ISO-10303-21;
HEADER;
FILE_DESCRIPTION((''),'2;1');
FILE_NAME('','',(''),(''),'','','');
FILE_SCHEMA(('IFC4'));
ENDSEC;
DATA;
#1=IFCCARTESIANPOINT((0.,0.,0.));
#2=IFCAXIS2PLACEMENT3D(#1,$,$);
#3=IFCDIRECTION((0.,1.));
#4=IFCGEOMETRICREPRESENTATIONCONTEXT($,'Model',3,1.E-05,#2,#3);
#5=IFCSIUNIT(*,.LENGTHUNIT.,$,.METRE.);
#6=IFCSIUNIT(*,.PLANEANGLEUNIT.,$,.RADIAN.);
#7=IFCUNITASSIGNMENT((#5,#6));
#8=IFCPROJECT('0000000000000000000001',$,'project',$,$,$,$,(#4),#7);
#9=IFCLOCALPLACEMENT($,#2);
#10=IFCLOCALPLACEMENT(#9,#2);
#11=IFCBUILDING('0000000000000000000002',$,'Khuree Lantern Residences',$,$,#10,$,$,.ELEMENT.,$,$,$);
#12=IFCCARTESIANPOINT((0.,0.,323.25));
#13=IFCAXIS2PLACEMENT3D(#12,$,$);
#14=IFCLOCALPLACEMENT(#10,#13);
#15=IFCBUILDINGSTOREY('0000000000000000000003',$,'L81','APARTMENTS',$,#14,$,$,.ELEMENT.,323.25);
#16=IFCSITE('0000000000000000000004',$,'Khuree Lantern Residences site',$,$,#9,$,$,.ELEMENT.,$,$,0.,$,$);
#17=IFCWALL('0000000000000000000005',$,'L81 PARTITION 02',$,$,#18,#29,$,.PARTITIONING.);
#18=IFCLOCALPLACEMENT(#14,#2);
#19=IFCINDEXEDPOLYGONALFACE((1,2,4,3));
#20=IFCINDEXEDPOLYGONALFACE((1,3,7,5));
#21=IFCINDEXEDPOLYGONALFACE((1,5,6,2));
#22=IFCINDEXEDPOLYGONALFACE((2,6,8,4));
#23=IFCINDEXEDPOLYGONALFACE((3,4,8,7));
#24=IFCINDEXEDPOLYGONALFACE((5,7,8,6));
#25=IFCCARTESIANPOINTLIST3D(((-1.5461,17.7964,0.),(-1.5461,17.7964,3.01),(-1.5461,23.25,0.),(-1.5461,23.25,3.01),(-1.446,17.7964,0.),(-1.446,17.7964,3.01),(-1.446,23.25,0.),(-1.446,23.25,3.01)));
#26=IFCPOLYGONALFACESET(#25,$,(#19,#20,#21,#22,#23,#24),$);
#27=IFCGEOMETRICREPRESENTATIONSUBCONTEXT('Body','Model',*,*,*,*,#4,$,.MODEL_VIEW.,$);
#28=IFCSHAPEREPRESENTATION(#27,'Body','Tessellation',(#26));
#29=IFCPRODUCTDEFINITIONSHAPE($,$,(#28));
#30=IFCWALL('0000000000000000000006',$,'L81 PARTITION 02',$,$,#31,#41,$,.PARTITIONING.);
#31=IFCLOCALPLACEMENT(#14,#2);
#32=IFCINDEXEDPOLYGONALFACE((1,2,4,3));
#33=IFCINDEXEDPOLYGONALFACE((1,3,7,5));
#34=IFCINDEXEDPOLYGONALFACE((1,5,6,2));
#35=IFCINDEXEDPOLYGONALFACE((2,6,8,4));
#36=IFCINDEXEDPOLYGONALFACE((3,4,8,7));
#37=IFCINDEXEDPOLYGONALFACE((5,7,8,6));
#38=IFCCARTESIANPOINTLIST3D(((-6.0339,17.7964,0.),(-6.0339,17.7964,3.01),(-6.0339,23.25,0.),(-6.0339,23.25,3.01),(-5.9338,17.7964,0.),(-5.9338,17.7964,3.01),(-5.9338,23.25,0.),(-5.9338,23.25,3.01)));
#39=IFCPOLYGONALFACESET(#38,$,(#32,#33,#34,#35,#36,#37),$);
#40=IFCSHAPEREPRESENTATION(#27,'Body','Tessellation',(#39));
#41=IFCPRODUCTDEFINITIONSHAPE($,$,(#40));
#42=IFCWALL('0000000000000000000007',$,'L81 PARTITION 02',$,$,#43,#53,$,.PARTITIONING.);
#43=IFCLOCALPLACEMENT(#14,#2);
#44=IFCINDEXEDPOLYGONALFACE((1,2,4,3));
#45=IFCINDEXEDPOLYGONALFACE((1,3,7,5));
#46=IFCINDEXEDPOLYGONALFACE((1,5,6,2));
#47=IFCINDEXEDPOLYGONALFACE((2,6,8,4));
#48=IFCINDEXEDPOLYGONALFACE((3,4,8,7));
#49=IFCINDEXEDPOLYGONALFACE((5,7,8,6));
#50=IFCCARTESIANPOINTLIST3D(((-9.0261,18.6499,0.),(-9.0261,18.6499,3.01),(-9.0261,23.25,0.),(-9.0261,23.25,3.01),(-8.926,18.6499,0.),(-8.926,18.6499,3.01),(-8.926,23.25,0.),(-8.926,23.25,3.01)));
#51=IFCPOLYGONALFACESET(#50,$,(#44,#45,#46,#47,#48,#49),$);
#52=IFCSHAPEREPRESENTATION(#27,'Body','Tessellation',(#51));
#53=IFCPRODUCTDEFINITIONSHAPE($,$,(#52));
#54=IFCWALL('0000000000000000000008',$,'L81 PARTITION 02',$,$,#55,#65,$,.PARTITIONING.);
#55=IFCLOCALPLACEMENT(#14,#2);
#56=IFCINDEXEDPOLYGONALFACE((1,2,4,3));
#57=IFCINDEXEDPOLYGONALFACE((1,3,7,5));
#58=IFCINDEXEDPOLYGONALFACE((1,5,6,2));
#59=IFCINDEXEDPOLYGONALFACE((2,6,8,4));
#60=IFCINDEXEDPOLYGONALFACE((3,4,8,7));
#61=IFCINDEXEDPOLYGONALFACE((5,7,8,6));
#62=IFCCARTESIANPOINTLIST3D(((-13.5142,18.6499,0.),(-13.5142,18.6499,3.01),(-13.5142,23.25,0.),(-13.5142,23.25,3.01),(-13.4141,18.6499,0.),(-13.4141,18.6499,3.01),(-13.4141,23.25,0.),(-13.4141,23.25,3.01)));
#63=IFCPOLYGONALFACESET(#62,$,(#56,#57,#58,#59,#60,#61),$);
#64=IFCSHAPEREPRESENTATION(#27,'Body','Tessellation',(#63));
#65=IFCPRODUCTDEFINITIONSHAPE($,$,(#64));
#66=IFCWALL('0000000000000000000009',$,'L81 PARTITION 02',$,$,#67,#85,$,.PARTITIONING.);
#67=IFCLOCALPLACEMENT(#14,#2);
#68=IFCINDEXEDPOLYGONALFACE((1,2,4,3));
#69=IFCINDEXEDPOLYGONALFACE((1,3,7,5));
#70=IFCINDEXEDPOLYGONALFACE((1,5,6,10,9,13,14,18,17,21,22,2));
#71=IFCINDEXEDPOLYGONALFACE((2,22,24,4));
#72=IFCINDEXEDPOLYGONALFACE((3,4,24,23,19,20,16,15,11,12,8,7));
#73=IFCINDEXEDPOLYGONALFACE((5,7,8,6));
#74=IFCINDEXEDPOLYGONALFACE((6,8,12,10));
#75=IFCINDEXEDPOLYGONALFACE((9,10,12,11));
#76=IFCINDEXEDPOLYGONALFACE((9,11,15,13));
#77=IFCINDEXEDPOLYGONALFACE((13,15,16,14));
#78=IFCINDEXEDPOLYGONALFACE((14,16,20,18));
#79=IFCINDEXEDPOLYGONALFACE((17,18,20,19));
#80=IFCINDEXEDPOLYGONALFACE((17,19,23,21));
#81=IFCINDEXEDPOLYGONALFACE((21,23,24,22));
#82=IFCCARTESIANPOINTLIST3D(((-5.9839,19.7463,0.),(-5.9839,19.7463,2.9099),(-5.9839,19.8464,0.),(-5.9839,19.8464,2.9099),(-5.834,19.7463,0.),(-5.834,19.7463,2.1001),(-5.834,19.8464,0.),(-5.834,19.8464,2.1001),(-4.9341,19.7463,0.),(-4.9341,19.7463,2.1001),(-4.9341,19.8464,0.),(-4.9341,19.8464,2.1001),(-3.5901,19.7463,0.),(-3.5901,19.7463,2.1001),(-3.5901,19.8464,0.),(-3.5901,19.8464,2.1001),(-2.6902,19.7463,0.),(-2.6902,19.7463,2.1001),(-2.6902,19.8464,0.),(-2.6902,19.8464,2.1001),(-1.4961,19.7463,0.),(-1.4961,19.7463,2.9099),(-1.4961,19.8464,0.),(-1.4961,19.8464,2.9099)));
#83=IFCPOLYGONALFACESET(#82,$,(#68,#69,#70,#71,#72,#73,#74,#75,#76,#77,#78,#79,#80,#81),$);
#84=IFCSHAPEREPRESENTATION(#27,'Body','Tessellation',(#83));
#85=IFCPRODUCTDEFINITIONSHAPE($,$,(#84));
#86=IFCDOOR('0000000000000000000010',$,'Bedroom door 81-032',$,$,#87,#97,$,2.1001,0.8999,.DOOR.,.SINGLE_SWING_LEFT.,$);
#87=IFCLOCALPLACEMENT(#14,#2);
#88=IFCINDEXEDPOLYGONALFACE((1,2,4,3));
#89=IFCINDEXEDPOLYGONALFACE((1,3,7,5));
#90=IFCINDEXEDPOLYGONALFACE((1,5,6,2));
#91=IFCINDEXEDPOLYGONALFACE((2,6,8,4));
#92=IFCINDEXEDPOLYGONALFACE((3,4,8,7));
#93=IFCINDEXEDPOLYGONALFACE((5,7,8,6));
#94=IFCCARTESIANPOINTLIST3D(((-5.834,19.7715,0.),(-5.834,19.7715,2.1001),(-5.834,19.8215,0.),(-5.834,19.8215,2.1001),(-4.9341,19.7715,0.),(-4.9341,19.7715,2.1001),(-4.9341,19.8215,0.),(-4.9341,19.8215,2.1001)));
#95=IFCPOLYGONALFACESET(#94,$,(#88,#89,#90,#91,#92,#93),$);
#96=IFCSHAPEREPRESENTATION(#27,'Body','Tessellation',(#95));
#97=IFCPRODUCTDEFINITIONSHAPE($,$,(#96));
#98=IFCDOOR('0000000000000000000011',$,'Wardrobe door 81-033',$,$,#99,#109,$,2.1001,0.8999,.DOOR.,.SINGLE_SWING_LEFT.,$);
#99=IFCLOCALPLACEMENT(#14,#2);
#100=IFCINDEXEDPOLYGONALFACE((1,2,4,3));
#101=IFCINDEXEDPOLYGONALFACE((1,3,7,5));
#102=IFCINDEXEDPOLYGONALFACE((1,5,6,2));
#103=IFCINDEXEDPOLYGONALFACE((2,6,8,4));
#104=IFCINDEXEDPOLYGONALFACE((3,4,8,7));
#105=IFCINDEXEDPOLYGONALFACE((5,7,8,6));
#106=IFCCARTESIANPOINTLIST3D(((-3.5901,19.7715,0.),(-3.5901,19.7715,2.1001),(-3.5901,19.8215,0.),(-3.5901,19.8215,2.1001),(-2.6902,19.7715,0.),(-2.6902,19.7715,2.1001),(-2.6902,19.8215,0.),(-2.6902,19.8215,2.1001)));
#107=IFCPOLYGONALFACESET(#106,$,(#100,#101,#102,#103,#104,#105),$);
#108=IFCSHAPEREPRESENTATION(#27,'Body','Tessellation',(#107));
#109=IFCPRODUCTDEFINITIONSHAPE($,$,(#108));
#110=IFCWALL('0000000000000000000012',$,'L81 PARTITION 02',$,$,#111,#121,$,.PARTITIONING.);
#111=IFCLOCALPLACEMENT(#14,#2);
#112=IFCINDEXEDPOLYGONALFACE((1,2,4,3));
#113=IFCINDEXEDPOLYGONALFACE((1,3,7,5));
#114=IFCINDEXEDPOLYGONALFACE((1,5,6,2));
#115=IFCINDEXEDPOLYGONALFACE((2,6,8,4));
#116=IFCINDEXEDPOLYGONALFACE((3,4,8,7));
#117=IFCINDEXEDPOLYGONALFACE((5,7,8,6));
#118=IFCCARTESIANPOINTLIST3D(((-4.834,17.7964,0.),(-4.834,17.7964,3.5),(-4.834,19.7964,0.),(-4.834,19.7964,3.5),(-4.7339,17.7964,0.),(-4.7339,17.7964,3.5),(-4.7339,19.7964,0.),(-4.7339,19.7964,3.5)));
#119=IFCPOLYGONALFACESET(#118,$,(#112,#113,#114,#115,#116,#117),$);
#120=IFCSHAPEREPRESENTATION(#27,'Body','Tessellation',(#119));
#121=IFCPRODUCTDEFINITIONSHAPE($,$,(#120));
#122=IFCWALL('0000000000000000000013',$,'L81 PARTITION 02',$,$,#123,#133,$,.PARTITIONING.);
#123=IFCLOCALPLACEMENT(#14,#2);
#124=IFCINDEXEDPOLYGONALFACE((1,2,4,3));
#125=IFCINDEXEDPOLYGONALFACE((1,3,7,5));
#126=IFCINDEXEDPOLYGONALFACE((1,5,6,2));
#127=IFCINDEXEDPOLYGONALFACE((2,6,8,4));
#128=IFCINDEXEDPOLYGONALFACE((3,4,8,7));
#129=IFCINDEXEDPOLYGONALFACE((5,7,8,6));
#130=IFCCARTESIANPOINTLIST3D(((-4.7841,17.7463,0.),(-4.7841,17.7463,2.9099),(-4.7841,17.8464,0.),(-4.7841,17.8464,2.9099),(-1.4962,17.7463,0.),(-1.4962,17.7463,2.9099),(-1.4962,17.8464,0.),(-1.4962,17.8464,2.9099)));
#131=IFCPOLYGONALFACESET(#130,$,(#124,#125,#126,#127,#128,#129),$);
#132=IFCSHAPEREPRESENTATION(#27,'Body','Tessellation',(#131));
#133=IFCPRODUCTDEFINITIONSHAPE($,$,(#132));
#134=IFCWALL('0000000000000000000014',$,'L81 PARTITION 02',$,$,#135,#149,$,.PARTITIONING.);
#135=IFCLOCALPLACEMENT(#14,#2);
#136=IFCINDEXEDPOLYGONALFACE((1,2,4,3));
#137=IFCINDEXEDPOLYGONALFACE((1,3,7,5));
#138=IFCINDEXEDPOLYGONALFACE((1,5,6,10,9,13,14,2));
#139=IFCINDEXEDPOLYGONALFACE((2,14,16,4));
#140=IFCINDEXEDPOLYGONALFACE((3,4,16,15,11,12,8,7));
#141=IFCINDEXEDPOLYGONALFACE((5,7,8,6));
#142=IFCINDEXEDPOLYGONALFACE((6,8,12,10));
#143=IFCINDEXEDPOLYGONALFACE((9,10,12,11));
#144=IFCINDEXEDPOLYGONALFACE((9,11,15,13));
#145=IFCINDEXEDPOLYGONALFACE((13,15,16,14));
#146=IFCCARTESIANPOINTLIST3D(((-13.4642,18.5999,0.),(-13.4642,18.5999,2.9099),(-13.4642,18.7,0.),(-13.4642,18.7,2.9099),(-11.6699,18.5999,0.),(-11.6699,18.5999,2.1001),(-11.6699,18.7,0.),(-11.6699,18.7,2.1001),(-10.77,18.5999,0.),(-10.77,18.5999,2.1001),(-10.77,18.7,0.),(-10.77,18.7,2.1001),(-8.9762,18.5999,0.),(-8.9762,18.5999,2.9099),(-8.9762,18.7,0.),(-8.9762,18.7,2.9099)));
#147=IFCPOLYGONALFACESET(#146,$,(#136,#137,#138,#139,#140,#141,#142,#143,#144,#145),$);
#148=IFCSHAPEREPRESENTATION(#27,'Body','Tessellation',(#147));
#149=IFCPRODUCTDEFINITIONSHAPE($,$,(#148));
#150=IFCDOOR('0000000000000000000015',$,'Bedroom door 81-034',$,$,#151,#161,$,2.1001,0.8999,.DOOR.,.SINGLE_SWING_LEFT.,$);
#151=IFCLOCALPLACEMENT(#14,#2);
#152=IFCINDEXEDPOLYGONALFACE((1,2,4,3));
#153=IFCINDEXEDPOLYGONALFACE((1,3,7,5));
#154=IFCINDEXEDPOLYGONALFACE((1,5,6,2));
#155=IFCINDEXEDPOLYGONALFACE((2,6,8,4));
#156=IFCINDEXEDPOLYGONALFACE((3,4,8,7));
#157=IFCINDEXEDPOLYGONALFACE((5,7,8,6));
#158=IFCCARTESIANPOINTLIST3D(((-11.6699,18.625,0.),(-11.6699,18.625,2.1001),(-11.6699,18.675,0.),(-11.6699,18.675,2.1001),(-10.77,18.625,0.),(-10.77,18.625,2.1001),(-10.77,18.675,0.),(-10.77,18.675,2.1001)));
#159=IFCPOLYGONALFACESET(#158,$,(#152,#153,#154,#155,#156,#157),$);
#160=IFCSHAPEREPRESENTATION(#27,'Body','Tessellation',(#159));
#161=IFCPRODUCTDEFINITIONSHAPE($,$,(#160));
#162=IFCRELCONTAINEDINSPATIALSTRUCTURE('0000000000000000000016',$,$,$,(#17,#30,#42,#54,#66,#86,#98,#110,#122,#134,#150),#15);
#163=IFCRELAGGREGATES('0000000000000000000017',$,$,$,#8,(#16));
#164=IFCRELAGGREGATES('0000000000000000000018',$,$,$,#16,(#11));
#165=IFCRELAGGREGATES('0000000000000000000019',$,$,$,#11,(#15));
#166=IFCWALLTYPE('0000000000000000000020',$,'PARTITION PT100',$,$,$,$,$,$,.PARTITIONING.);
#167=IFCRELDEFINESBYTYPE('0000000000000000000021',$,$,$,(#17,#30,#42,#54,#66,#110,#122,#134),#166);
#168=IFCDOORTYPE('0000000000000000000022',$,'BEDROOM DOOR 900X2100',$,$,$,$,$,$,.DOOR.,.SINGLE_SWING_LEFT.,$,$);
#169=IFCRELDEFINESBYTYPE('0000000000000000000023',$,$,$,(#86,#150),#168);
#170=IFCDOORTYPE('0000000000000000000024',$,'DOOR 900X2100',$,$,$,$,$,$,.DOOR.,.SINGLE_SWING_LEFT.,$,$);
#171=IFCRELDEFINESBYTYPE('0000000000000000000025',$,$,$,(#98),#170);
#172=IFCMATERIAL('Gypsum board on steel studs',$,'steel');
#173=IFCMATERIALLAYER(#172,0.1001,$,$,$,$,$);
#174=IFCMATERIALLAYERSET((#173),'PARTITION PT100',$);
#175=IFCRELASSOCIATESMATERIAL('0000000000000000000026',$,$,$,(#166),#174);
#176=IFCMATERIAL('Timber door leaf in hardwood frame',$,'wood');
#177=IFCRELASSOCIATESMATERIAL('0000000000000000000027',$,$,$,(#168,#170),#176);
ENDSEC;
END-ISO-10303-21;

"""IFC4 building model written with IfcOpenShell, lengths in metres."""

from ifc_helpers import new_model, si_unit, direction, frame, frame_2d, origin, place, context, subcontext, project, spatial, rectangle, extrude, material, layer, layer_set, type_object, element, fill, save


model = new_model("IFC4")

# Units and contexts
model_context = context("Model", 3, precision=1e-05, world=origin(), true_north=direction((0.0, 1.0)))
body_context = subcontext(model_context, "Body", "Model", "MODEL_VIEW")
ifc_project = project(units=[si_unit("LENGTHUNIT", "METRE"), si_unit("PLANEANGLEUNIT", "RADIAN")], contexts=[model_context])

# Site, building, storey
site_placement = place(None, origin())
site = spatial("IfcSite", under=ifc_project, at=site_placement, Name="Khuree Lantern Residences site", CompositionType="ELEMENT", RefElevation=0.0)
building_placement = place(site_placement, origin())
building = spatial("IfcBuilding", under=site, at=building_placement, Name="Khuree Lantern Residences", CompositionType="ELEMENT")
storey_placement = place(building_placement, frame((0.0, 0.0, 323.25)))
storey = spatial("IfcBuildingStorey", under=building, at=storey_placement, Name="L81", Description="APARTMENTS", CompositionType="ELEMENT", Elevation=323.25)

# Walls
ifc_material_1 = material(Name="Gypsum board on steel studs", Category="steel")
ifc_layer_1 = layer(ifc_material_1, 0.1001)
ifc_layer_set_1 = layer_set([ifc_layer_1], Name="PARTITION PT100")
wall_type = type_object("IfcWallType", Name="PARTITION PT100", PredefinedType="PARTITIONING", material=ifc_layer_set_1)
for number, where, z_axis, x_axis, name in (
    (1, (-1.4961, 17.7964, 0.0), (0.0, 0.0, 1.0), (0.0, 1.0, 0.0), "L81 PARTITION 02"),
    (2, (-5.9839, 17.7964, 0.0), (0.0, 0.0, 1.0), (0.0, 1.0, 0.0), "L81 PARTITION 02"),
):
    element("IfcWall", number, at=place(storey_placement, frame(where, z_axis=z_axis, x_axis=x_axis)), inside=storey, type_object=wall_type, Name=name, PredefinedType="PARTITIONING", context=body_context, shape_type="SweptSolid", body=[
        extrude(rectangle(XDim=5.4536, YDim=0.1001, at=frame_2d((2.7268, 0.0))), origin(), (0.0, 0.0, 1.0), 3.01),
    ])
for number, where, z_axis, x_axis, name in (
    (3, (-8.9761, 18.6499, 0.0), (0.0, 0.0, 1.0), (0.0, 1.0, 0.0), "L81 PARTITION 02"),
    (4, (-13.4641, 18.6499, 0.0), (0.0, 0.0, 1.0), (0.0, 1.0, 0.0), "L81 PARTITION 02"),
):
    element("IfcWall", number, at=place(storey_placement, frame(where, z_axis=z_axis, x_axis=x_axis)), inside=storey, type_object=wall_type, Name=name, PredefinedType="PARTITIONING", context=body_context, shape_type="SweptSolid", body=[
        extrude(rectangle(XDim=4.6001, YDim=0.1001, at=frame_2d((2.3, 0.0))), origin(), (0.0, 0.0, 1.0), 3.01),
    ])

# Wall, openings, doors
wall_1_placement = place(storey_placement, frame((-1.4961, 19.7964, 0.0), z_axis=(0.0, 0.0, 1.0), x_axis=(-1.0, 0.0, 0.0)))
wall_1 = element("IfcWall", 5, at=wall_1_placement, inside=storey, type_object=wall_type, Name="L81 PARTITION 02", PredefinedType="PARTITIONING", context=body_context, shape_type="SweptSolid", body=[
    extrude(rectangle(XDim=4.4878, YDim=0.1001, at=frame_2d((2.2439, 0.0))), origin(), (0.0, 0.0, 1.0), 2.9099),
])
opening_1_placement = place(wall_1_placement, frame((3.438, 0.0, 0.0)))
opening_1 = element("IfcOpeningElement", 6, at=opening_1_placement, cuts=wall_1, PredefinedType="OPENING", context=body_context, shape_type="SweptSolid", body=[
    extrude(rectangle(XDim=0.8999, YDim=2.1001, at=frame_2d((0.45, 1.05))), frame((0.0, 0.0601, 0.0), z_axis=(0.0, -1.0, 0.0), x_axis=(1.0, 0.0, 0.0)), (0.0, 0.0, 1.0), 0.1201),
])
opening_2_placement = place(wall_1_placement, frame((1.1941, 0.0, 0.0)))
opening_2 = element("IfcOpeningElement", 7, at=opening_2_placement, cuts=wall_1, PredefinedType="OPENING", context=body_context, shape_type="SweptSolid", body=[
    extrude(rectangle(XDim=0.8999, YDim=2.1001, at=frame_2d((0.45, 1.05))), frame((0.0, 0.0601, 0.0), z_axis=(0.0, -1.0, 0.0), x_axis=(1.0, 0.0, 0.0)), (0.0, 0.0, 1.0), 0.1201),
])
ifc_material_2 = material(Name="Timber door leaf in hardwood frame", Category="wood")
door_type_1 = type_object("IfcDoorType", Name="BEDROOM DOOR 900X2100", OperationType="SINGLE_SWING_LEFT", PredefinedType="DOOR", material=ifc_material_2)
door_1_placement = place(opening_1_placement, origin())
door_1 = element("IfcDoor", 8, at=door_1_placement, inside=storey, type_object=door_type_1, Name="Bedroom door 81-032", OperationType="SINGLE_SWING_LEFT", OverallHeight=2.1001, OverallWidth=0.8999, PredefinedType="DOOR", context=body_context, shape_type="SweptSolid", body=[
    extrude(rectangle(XDim=0.8999, YDim=2.1001, at=frame_2d((0.45, 1.05))), frame((0.0, 0.0249, 0.0), z_axis=(0.0, -1.0, 0.0), x_axis=(1.0, 0.0, 0.0)), (0.0, 0.0, 1.0), 0.05),
])
fill(opening_1, door_1)
door_type_2 = type_object("IfcDoorType", Name="DOOR 900X2100", OperationType="SINGLE_SWING_LEFT", PredefinedType="DOOR", material=ifc_material_2)
door_2_placement = place(opening_2_placement, origin())
door_2 = element("IfcDoor", 9, at=door_2_placement, inside=storey, type_object=door_type_2, Name="Wardrobe door 81-033", OperationType="SINGLE_SWING_LEFT", OverallHeight=2.1001, OverallWidth=0.8999, PredefinedType="DOOR", context=body_context, shape_type="SweptSolid", body=[
    extrude(rectangle(XDim=0.8999, YDim=2.1001, at=frame_2d((0.45, 1.05))), frame((0.0, 0.0249, 0.0), z_axis=(0.0, -1.0, 0.0), x_axis=(1.0, 0.0, 0.0)), (0.0, 0.0, 1.0), 0.05),
])
fill(opening_2, door_2)

# Walls
wall_2_placement = place(storey_placement, frame((-4.7839, 17.7964, 0.0), z_axis=(0.0, 0.0, 1.0), x_axis=(0.0, 1.0, 0.0)))
element("IfcWall", 10, at=wall_2_placement, inside=storey, type_object=wall_type, Name="L81 PARTITION 02", PredefinedType="PARTITIONING", context=body_context, shape_type="SweptSolid", body=[
    extrude(rectangle(XDim=2.0, YDim=0.1001, at=frame_2d((1.0, 0.0))), origin(), (0.0, 0.0, 1.0), 3.5),
])
wall_3_placement = place(storey_placement, frame((-1.4961, 17.7964, 0.0), z_axis=(0.0, 0.0, 1.0), x_axis=(-1.0, 0.0, 0.0)))
element("IfcWall", 11, at=wall_3_placement, inside=storey, type_object=wall_type, Name="L81 PARTITION 02", PredefinedType="PARTITIONING", context=body_context, shape_type="SweptSolid", body=[
    extrude(rectangle(XDim=3.2878, YDim=0.1001, at=frame_2d((1.644, 0.0))), origin(), (0.0, 0.0, 1.0), 2.9099),
])

# Wall, opening, door
wall_4_placement = place(storey_placement, frame((-8.9761, 18.6499, 0.0), z_axis=(0.0, 0.0, 1.0), x_axis=(-1.0, 0.0, 0.0)))
wall_4 = element("IfcWall", 12, at=wall_4_placement, inside=storey, type_object=wall_type, Name="L81 PARTITION 02", PredefinedType="PARTITIONING", context=body_context, shape_type="SweptSolid", body=[
    extrude(rectangle(XDim=4.488, YDim=0.1001, at=frame_2d((2.2441, 0.0))), origin(), (0.0, 0.0, 1.0), 2.9099),
])
opening_3_placement = place(wall_4_placement, frame((1.7939, 0.0, 0.0)))
opening_3 = element("IfcOpeningElement", 13, at=opening_3_placement, cuts=wall_4, PredefinedType="OPENING", context=body_context, shape_type="SweptSolid", body=[
    extrude(rectangle(XDim=0.8999, YDim=2.1001, at=frame_2d((0.45, 1.05))), frame((0.0, 0.0601, 0.0), z_axis=(0.0, -1.0, 0.0), x_axis=(1.0, 0.0, 0.0)), (0.0, 0.0, 1.0), 0.1201),
])
door_3_placement = place(opening_3_placement, origin())
door_3 = element("IfcDoor", 14, at=door_3_placement, inside=storey, type_object=door_type_1, Name="Bedroom door 81-034", OperationType="SINGLE_SWING_LEFT", OverallHeight=2.1001, OverallWidth=0.8999, PredefinedType="DOOR", context=body_context, shape_type="SweptSolid", body=[
    extrude(rectangle(XDim=0.8999, YDim=2.1001, at=frame_2d((0.45, 1.05))), frame((0.0, 0.0249, 0.0), z_axis=(0.0, -1.0, 0.0), x_axis=(1.0, 0.0, 0.0)), (0.0, 0.0, 1.0), 0.05),
])
fill(opening_3, door_3)

save(model, "model.ifc")
